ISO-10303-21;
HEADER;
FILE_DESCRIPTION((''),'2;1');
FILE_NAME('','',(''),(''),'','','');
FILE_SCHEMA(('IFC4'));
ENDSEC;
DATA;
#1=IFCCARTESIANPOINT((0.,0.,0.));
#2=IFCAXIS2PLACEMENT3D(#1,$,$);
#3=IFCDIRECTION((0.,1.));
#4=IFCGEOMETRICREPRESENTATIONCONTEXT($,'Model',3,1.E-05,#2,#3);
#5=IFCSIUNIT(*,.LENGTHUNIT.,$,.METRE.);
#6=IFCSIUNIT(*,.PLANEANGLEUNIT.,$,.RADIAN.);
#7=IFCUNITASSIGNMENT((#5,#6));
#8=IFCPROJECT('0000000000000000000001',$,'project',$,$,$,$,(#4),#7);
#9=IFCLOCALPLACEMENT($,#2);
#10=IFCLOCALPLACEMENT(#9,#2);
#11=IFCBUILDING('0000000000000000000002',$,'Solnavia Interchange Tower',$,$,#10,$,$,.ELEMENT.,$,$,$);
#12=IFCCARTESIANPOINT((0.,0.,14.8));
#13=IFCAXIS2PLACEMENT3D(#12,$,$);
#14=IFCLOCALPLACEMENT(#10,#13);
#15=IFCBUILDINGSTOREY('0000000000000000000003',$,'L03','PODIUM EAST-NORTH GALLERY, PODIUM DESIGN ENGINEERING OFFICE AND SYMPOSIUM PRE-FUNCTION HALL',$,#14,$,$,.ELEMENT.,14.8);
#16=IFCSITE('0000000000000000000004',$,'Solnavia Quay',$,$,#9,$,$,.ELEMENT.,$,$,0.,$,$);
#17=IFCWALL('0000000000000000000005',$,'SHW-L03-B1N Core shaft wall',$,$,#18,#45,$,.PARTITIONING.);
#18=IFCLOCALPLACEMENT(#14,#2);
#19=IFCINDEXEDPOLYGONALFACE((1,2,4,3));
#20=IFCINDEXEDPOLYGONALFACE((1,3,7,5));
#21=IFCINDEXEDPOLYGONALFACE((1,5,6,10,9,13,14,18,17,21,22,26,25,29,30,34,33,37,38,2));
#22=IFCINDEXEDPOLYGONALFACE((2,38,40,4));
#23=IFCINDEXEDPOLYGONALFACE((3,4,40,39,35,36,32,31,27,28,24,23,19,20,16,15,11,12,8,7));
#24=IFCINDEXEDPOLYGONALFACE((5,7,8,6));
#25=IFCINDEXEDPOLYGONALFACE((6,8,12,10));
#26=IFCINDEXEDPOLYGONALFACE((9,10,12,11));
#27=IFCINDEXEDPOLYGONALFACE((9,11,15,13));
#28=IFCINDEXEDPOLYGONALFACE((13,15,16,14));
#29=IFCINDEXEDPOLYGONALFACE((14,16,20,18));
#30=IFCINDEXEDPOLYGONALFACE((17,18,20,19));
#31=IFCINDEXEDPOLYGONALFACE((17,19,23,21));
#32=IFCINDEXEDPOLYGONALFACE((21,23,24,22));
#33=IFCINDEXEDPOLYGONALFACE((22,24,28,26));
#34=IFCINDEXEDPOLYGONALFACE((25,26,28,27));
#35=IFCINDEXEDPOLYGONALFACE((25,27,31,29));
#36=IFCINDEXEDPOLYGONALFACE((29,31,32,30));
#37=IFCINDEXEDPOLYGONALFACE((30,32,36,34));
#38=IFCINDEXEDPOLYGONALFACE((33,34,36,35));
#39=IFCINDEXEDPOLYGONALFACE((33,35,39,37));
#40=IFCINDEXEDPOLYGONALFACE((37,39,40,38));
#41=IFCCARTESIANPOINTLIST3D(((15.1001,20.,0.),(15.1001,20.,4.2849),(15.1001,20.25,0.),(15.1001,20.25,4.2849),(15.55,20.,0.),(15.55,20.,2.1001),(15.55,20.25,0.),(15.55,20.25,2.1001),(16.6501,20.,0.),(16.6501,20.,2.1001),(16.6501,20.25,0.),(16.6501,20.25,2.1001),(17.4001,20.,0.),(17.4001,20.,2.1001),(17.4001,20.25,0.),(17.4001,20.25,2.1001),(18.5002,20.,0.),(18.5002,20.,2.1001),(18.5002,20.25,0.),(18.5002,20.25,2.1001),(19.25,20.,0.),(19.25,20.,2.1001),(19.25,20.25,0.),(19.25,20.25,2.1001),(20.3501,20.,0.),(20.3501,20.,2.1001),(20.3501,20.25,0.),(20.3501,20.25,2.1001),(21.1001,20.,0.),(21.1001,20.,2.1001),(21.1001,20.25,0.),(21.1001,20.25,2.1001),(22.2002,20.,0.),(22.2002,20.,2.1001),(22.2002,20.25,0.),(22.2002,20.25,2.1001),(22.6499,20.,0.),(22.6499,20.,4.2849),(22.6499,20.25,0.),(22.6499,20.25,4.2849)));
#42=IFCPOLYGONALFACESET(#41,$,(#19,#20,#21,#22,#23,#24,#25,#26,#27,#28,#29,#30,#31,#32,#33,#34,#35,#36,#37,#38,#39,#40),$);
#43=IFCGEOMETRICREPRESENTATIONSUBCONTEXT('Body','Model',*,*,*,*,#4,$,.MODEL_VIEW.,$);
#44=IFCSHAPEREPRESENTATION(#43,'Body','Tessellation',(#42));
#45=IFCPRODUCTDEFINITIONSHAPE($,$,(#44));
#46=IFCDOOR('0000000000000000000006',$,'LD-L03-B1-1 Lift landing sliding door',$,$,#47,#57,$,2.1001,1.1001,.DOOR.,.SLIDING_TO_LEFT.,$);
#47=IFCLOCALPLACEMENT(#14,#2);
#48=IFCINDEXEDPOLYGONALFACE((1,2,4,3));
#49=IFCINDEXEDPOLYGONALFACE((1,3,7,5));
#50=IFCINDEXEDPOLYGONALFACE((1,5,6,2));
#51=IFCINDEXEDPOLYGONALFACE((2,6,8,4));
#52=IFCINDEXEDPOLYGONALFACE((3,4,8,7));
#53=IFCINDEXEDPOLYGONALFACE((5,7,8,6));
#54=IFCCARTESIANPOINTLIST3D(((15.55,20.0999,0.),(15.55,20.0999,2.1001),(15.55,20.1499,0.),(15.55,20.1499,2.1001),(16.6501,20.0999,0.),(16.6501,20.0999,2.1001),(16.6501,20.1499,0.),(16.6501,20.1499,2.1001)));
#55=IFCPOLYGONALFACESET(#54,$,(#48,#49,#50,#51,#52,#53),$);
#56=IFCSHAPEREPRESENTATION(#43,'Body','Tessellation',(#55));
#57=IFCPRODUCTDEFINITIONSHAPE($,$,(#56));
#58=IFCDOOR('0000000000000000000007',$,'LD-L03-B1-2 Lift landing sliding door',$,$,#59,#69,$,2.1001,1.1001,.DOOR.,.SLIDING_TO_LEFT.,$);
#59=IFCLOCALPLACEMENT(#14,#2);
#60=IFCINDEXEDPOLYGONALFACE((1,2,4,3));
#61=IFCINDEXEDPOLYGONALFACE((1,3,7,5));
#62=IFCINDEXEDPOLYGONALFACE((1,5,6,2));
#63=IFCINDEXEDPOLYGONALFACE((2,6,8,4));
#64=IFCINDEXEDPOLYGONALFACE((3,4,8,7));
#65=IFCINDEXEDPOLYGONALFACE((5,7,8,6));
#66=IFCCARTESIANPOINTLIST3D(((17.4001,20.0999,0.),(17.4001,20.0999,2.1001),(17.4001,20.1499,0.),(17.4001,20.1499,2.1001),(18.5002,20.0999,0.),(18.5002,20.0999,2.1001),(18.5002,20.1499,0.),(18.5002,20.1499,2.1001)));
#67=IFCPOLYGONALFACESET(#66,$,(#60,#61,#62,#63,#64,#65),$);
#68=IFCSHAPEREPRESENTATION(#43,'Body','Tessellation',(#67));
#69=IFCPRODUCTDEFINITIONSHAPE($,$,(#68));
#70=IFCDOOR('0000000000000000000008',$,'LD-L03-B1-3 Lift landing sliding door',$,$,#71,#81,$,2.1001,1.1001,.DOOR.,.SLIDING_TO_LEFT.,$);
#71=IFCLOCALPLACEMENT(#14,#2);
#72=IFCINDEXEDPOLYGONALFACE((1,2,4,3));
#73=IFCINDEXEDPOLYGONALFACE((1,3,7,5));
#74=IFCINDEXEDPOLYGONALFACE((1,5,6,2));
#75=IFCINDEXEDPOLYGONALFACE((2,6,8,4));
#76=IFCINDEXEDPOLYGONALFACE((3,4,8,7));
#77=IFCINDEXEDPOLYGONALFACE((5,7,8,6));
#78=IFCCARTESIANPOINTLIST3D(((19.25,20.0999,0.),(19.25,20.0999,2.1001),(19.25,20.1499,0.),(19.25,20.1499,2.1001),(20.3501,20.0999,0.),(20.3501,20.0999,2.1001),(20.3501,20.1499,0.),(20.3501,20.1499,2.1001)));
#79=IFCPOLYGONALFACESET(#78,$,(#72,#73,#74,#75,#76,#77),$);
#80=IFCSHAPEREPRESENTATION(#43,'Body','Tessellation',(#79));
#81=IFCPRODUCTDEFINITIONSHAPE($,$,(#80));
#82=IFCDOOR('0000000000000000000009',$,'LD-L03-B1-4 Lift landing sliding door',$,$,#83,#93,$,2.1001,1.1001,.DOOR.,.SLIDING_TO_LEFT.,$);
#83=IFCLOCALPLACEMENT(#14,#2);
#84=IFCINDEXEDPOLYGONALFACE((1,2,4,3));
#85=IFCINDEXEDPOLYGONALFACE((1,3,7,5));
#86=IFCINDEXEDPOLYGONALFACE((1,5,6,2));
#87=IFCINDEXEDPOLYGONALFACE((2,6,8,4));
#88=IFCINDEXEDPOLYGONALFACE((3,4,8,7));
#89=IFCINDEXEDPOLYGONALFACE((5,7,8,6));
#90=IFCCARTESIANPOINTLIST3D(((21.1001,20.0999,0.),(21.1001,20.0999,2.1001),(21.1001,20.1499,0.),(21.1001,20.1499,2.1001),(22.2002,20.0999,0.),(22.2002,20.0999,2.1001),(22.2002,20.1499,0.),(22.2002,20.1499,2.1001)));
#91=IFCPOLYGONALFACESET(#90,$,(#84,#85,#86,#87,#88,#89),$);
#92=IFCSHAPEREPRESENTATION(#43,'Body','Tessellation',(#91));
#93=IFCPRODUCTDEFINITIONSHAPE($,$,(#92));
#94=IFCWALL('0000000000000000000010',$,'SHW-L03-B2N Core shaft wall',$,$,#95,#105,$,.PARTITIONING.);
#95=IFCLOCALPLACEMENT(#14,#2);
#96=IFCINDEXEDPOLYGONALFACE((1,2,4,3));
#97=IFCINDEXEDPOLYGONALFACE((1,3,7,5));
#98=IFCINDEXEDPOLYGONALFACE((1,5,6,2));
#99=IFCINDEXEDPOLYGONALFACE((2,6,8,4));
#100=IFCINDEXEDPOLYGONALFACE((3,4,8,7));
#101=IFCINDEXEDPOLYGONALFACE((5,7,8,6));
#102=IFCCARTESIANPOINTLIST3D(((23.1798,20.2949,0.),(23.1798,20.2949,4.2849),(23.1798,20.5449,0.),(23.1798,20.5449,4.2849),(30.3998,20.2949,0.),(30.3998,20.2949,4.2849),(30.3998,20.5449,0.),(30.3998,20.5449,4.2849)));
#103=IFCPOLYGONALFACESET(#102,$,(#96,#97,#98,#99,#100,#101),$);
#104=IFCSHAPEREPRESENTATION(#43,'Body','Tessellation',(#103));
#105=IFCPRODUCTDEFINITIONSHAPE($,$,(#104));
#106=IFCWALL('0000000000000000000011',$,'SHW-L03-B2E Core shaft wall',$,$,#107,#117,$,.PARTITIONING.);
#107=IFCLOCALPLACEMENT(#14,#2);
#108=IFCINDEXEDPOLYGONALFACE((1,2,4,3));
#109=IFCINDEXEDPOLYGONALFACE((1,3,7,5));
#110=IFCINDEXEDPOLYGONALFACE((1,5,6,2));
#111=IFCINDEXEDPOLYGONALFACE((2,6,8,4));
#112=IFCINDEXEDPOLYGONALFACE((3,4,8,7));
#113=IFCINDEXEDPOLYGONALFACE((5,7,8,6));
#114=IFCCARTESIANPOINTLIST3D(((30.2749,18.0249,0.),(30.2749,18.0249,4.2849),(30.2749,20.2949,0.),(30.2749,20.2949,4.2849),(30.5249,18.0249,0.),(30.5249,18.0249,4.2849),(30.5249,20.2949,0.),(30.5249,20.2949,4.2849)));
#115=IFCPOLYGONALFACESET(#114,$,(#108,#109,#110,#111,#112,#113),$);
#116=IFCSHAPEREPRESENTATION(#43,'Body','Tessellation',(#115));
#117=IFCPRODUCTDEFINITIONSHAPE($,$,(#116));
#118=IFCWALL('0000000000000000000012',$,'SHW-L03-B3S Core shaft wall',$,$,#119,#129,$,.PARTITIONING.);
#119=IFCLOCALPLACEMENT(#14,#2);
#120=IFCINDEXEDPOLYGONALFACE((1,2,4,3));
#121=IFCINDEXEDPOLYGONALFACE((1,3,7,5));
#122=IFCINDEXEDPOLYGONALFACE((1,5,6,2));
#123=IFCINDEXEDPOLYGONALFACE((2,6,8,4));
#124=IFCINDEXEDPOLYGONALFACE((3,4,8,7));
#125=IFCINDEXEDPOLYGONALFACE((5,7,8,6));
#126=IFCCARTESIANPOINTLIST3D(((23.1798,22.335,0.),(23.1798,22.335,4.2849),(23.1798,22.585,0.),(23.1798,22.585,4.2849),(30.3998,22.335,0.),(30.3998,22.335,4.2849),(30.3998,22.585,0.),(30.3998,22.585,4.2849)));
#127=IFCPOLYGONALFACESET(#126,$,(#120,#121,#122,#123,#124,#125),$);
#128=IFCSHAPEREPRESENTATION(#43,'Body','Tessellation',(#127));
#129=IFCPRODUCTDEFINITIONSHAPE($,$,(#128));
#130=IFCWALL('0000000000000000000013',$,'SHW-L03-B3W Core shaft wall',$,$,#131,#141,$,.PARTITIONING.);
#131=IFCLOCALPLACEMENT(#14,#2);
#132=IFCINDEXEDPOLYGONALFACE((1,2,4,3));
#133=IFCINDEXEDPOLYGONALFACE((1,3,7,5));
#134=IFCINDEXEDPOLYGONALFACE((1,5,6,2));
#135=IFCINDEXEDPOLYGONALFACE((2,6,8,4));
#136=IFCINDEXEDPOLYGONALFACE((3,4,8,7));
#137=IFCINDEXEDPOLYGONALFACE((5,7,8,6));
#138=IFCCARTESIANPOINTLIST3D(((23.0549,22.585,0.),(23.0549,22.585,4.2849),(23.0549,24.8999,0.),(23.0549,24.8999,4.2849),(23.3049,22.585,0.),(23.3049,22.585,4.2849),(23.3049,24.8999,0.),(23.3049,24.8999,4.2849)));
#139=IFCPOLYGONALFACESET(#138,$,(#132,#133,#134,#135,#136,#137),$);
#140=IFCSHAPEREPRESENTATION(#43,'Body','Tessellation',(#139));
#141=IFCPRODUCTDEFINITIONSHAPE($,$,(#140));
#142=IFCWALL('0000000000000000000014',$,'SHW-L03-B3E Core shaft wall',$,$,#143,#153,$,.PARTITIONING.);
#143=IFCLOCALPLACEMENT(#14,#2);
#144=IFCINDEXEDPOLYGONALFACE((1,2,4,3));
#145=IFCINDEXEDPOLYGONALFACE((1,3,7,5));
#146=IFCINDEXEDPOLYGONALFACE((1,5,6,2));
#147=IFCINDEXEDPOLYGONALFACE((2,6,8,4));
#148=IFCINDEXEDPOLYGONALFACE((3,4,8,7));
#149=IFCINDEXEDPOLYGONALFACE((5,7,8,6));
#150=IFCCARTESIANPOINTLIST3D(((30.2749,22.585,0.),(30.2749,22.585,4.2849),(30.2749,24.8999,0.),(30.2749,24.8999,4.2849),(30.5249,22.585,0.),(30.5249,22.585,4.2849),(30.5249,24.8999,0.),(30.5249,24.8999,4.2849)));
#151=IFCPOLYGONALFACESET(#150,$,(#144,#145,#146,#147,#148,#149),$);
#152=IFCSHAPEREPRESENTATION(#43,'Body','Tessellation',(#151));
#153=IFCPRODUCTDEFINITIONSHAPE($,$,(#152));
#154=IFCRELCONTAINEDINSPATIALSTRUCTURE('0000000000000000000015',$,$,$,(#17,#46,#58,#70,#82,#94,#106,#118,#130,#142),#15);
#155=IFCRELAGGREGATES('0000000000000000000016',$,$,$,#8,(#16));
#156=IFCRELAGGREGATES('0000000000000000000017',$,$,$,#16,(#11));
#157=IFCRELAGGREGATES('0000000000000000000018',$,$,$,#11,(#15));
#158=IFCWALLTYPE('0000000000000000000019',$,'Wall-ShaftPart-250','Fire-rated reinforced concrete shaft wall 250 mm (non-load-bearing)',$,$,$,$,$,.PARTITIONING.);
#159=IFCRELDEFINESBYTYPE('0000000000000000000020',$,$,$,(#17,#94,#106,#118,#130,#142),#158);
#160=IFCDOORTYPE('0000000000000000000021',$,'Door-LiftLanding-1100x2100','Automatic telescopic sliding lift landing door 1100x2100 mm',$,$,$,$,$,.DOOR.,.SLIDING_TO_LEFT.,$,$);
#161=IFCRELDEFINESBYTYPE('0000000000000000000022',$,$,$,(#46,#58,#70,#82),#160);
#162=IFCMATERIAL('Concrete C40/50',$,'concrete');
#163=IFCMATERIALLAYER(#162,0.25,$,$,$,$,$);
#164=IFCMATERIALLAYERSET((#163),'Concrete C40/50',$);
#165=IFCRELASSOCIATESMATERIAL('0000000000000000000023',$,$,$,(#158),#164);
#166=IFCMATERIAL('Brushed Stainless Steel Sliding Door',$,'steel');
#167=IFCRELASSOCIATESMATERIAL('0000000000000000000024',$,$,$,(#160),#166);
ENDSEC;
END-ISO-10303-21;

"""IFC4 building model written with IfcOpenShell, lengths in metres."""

from ifc_helpers import new_model, si_unit, direction, frame, frame_2d, origin, place, context, subcontext, project, spatial, rectangle, extrude, material, layer, layer_set, type_object, element, fill, save


model = new_model("IFC4")

# Units and contexts
model_context = context("Model", 3, precision=1e-05, world=origin(), true_north=direction((0.0, 1.0)))
body_context = subcontext(model_context, "Body", "Model", "MODEL_VIEW")
ifc_project = project(units=[si_unit("LENGTHUNIT", "METRE"), si_unit("PLANEANGLEUNIT", "RADIAN")], contexts=[model_context])

# Site, building, storey
site_placement = place(None, origin())
site = spatial("IfcSite", under=ifc_project, at=site_placement, Name="Solnavia Quay", CompositionType="ELEMENT", RefElevation=0.0)
building_placement = place(site_placement, origin())
building = spatial("IfcBuilding", under=site, at=building_placement, Name="Solnavia Interchange Tower", CompositionType="ELEMENT")
storey_placement = place(building_placement, frame((0.0, 0.0, 14.8)))
storey = spatial("IfcBuildingStorey", under=building, at=storey_placement, Name="L03", Description="PODIUM EAST-NORTH GALLERY, PODIUM DESIGN ENGINEERING OFFICE AND SYMPOSIUM PRE-FUNCTION HALL", CompositionType="ELEMENT", Elevation=14.8)

# Shared definitions
ifc_material_1 = material(Name="Concrete C40/50", Category="concrete")

# Wall, openings, doors
ifc_layer_1 = layer(ifc_material_1, 0.25)
ifc_layer_set_1 = layer_set([ifc_layer_1], Name="Concrete C40/50")
wall_type_1 = type_object("IfcWallType", Name="Wall-ShaftPart-250", Description="Fire-rated reinforced concrete shaft wall 250 mm (non-load-bearing)", PredefinedType="PARTITIONING", material=ifc_layer_set_1)
wall_1_placement = place(storey_placement, frame((15.1001, 20.125, 0.0), z_axis=(0.0, 0.0, 1.0), x_axis=(1.0, 0.0, 0.0)))
wall_1 = element("IfcWall", 1, at=wall_1_placement, inside=storey, type_object=wall_type_1, Name="SHW-L03-B1N Core shaft wall", PredefinedType="PARTITIONING", context=body_context, shape_type="SweptSolid", body=[
    extrude(rectangle(XDim=7.5498, YDim=0.25, at=frame_2d((3.7749, 0.0))), origin(), (0.0, 0.0, 1.0), 4.2849),
])
opening_1_placement = place(wall_1_placement, frame((0.45, 0.0, 0.0)))
opening_1 = element("IfcOpeningElement", 2, at=opening_1_placement, cuts=wall_1, PredefinedType="OPENING", context=body_context, shape_type="SweptSolid", body=[
    extrude(rectangle(XDim=1.1001, YDim=2.1001, at=frame_2d((0.55, 1.05))), frame((0.0, 0.135, 0.0), z_axis=(0.0, -1.0, 0.0), x_axis=(1.0, 0.0, 0.0)), (0.0, 0.0, 1.0), 0.27),
])
opening_2_placement = place(wall_1_placement, frame((2.3, 0.0, 0.0)))
opening_2 = element("IfcOpeningElement", 3, at=opening_2_placement, cuts=wall_1, PredefinedType="OPENING", context=body_context, shape_type="SweptSolid", body=[
    extrude(rectangle(XDim=1.1001, YDim=2.1001, at=frame_2d((0.55, 1.05))), frame((0.0, 0.135, 0.0), z_axis=(0.0, -1.0, 0.0), x_axis=(1.0, 0.0, 0.0)), (0.0, 0.0, 1.0), 0.27),
])
opening_3_placement = place(wall_1_placement, frame((4.1499, 0.0, 0.0)))
opening_3 = element("IfcOpeningElement", 4, at=opening_3_placement, cuts=wall_1, PredefinedType="OPENING", context=body_context, shape_type="SweptSolid", body=[
    extrude(rectangle(XDim=1.1001, YDim=2.1001, at=frame_2d((0.55, 1.05))), frame((0.0, 0.135, 0.0), z_axis=(0.0, -1.0, 0.0), x_axis=(1.0, 0.0, 0.0)), (0.0, 0.0, 1.0), 0.27),
])
opening_4_placement = place(wall_1_placement, frame((6.0, 0.0, 0.0)))
opening_4 = element("IfcOpeningElement", 5, at=opening_4_placement, cuts=wall_1, PredefinedType="OPENING", context=body_context, shape_type="SweptSolid", body=[
    extrude(rectangle(XDim=1.1001, YDim=2.1001, at=frame_2d((0.55, 1.05))), frame((0.0, 0.135, 0.0), z_axis=(0.0, -1.0, 0.0), x_axis=(1.0, 0.0, 0.0)), (0.0, 0.0, 1.0), 0.27),
])
ifc_material_2 = material(Name="Brushed Stainless Steel Sliding Door", Category="steel")
door_type_1 = type_object("IfcDoorType", Name="Door-LiftLanding-1100x2100", Description="Automatic telescopic sliding lift landing door 1100x2100 mm", OperationType="SLIDING_TO_LEFT", PredefinedType="DOOR", material=ifc_material_2)
door_1_placement = place(opening_1_placement, origin())
door_1 = element("IfcDoor", 6, at=door_1_placement, inside=storey, type_object=door_type_1, Name="LD-L03-B1-1 Lift landing sliding door", OperationType="SLIDING_TO_LEFT", OverallHeight=2.1001, OverallWidth=1.1001, PredefinedType="DOOR", context=body_context, shape_type="SweptSolid", body=[
    extrude(rectangle(XDim=1.1001, YDim=2.1001, at=frame_2d((0.55, 1.05))), frame((0.0, 0.0249, 0.0), z_axis=(0.0, -1.0, 0.0), x_axis=(1.0, 0.0, 0.0)), (0.0, 0.0, 1.0), 0.05),
])
fill(opening_1, door_1)
door_2_placement = place(opening_2_placement, origin())
door_2 = element("IfcDoor", 7, at=door_2_placement, inside=storey, type_object=door_type_1, Name="LD-L03-B1-2 Lift landing sliding door", OperationType="SLIDING_TO_LEFT", OverallHeight=2.1001, OverallWidth=1.1001, PredefinedType="DOOR", context=body_context, shape_type="SweptSolid", body=[
    extrude(rectangle(XDim=1.1001, YDim=2.1001, at=frame_2d((0.55, 1.05))), frame((0.0, 0.0249, 0.0), z_axis=(0.0, -1.0, 0.0), x_axis=(1.0, 0.0, 0.0)), (0.0, 0.0, 1.0), 0.05),
])
fill(opening_2, door_2)
door_3_placement = place(opening_3_placement, origin())
door_3 = element("IfcDoor", 8, at=door_3_placement, inside=storey, type_object=door_type_1, Name="LD-L03-B1-3 Lift landing sliding door", OperationType="SLIDING_TO_LEFT", OverallHeight=2.1001, OverallWidth=1.1001, PredefinedType="DOOR", context=body_context, shape_type="SweptSolid", body=[
    extrude(rectangle(XDim=1.1001, YDim=2.1001, at=frame_2d((0.55, 1.05))), frame((0.0, 0.0249, 0.0), z_axis=(0.0, -1.0, 0.0), x_axis=(1.0, 0.0, 0.0)), (0.0, 0.0, 1.0), 0.05),
])
fill(opening_3, door_3)
door_4_placement = place(opening_4_placement, origin())
door_4 = element("IfcDoor", 9, at=door_4_placement, inside=storey, type_object=door_type_1, Name="LD-L03-B1-4 Lift landing sliding door", OperationType="SLIDING_TO_LEFT", OverallHeight=2.1001, OverallWidth=1.1001, PredefinedType="DOOR", context=body_context, shape_type="SweptSolid", body=[
    extrude(rectangle(XDim=1.1001, YDim=2.1001, at=frame_2d((0.55, 1.05))), frame((0.0, 0.0249, 0.0), z_axis=(0.0, -1.0, 0.0), x_axis=(1.0, 0.0, 0.0)), (0.0, 0.0, 1.0), 0.05),
])
fill(opening_4, door_4)

# Walls
wall_2_placement = place(storey_placement, frame((23.1799, 20.4199, 0.0), z_axis=(0.0, 0.0, 1.0), x_axis=(1.0, 0.0, 0.0)))
element("IfcWall", 10, at=wall_2_placement, inside=storey, type_object=wall_type_1, Name="SHW-L03-B2N Core shaft wall", PredefinedType="PARTITIONING", context=body_context, shape_type="SweptSolid", body=[
    extrude(rectangle(XDim=7.22, YDim=0.25, at=frame_2d((3.6099, 0.0))), origin(), (0.0, 0.0, 1.0), 4.2849),
])
wall_3_placement = place(storey_placement, frame((30.3999, 18.0249, 0.0), z_axis=(0.0, 0.0, 1.0), x_axis=(0.0, 1.0, 0.0)))
element("IfcWall", 11, at=wall_3_placement, inside=storey, type_object=wall_type_1, Name="SHW-L03-B2E Core shaft wall", PredefinedType="PARTITIONING", context=body_context, shape_type="SweptSolid", body=[
    extrude(rectangle(XDim=2.27, YDim=0.25, at=frame_2d((1.135, 0.0))), origin(), (0.0, 0.0, 1.0), 4.2849),
])
wall_4_placement = place(storey_placement, frame((23.1799, 22.46, 0.0), z_axis=(0.0, 0.0, 1.0), x_axis=(1.0, 0.0, 0.0)))
element("IfcWall", 12, at=wall_4_placement, inside=storey, type_object=wall_type_1, Name="SHW-L03-B3S Core shaft wall", PredefinedType="PARTITIONING", context=body_context, shape_type="SweptSolid", body=[
    extrude(rectangle(XDim=7.22, YDim=0.25, at=frame_2d((3.6099, 0.0))), origin(), (0.0, 0.0, 1.0), 4.2849),
])
for number, where, z_axis, x_axis, name in (
    (13, (23.1799, 22.585, 0.0), (0.0, 0.0, 1.0), (0.0, 1.0, 0.0), "SHW-L03-B3W Core shaft wall"),
    (14, (30.3999, 22.585, 0.0), (0.0, 0.0, 1.0), (0.0, 1.0, 0.0), "SHW-L03-B3E Core shaft wall"),
):
    element("IfcWall", number, at=place(storey_placement, frame(where, z_axis=z_axis, x_axis=x_axis)), inside=storey, type_object=wall_type_1, Name=name, PredefinedType="PARTITIONING", context=body_context, shape_type="SweptSolid", body=[
        extrude(rectangle(XDim=2.3149, YDim=0.25, at=frame_2d((1.1575, 0.0))), origin(), (0.0, 0.0, 1.0), 4.2849),
    ])

save(model, "model.ifc")
